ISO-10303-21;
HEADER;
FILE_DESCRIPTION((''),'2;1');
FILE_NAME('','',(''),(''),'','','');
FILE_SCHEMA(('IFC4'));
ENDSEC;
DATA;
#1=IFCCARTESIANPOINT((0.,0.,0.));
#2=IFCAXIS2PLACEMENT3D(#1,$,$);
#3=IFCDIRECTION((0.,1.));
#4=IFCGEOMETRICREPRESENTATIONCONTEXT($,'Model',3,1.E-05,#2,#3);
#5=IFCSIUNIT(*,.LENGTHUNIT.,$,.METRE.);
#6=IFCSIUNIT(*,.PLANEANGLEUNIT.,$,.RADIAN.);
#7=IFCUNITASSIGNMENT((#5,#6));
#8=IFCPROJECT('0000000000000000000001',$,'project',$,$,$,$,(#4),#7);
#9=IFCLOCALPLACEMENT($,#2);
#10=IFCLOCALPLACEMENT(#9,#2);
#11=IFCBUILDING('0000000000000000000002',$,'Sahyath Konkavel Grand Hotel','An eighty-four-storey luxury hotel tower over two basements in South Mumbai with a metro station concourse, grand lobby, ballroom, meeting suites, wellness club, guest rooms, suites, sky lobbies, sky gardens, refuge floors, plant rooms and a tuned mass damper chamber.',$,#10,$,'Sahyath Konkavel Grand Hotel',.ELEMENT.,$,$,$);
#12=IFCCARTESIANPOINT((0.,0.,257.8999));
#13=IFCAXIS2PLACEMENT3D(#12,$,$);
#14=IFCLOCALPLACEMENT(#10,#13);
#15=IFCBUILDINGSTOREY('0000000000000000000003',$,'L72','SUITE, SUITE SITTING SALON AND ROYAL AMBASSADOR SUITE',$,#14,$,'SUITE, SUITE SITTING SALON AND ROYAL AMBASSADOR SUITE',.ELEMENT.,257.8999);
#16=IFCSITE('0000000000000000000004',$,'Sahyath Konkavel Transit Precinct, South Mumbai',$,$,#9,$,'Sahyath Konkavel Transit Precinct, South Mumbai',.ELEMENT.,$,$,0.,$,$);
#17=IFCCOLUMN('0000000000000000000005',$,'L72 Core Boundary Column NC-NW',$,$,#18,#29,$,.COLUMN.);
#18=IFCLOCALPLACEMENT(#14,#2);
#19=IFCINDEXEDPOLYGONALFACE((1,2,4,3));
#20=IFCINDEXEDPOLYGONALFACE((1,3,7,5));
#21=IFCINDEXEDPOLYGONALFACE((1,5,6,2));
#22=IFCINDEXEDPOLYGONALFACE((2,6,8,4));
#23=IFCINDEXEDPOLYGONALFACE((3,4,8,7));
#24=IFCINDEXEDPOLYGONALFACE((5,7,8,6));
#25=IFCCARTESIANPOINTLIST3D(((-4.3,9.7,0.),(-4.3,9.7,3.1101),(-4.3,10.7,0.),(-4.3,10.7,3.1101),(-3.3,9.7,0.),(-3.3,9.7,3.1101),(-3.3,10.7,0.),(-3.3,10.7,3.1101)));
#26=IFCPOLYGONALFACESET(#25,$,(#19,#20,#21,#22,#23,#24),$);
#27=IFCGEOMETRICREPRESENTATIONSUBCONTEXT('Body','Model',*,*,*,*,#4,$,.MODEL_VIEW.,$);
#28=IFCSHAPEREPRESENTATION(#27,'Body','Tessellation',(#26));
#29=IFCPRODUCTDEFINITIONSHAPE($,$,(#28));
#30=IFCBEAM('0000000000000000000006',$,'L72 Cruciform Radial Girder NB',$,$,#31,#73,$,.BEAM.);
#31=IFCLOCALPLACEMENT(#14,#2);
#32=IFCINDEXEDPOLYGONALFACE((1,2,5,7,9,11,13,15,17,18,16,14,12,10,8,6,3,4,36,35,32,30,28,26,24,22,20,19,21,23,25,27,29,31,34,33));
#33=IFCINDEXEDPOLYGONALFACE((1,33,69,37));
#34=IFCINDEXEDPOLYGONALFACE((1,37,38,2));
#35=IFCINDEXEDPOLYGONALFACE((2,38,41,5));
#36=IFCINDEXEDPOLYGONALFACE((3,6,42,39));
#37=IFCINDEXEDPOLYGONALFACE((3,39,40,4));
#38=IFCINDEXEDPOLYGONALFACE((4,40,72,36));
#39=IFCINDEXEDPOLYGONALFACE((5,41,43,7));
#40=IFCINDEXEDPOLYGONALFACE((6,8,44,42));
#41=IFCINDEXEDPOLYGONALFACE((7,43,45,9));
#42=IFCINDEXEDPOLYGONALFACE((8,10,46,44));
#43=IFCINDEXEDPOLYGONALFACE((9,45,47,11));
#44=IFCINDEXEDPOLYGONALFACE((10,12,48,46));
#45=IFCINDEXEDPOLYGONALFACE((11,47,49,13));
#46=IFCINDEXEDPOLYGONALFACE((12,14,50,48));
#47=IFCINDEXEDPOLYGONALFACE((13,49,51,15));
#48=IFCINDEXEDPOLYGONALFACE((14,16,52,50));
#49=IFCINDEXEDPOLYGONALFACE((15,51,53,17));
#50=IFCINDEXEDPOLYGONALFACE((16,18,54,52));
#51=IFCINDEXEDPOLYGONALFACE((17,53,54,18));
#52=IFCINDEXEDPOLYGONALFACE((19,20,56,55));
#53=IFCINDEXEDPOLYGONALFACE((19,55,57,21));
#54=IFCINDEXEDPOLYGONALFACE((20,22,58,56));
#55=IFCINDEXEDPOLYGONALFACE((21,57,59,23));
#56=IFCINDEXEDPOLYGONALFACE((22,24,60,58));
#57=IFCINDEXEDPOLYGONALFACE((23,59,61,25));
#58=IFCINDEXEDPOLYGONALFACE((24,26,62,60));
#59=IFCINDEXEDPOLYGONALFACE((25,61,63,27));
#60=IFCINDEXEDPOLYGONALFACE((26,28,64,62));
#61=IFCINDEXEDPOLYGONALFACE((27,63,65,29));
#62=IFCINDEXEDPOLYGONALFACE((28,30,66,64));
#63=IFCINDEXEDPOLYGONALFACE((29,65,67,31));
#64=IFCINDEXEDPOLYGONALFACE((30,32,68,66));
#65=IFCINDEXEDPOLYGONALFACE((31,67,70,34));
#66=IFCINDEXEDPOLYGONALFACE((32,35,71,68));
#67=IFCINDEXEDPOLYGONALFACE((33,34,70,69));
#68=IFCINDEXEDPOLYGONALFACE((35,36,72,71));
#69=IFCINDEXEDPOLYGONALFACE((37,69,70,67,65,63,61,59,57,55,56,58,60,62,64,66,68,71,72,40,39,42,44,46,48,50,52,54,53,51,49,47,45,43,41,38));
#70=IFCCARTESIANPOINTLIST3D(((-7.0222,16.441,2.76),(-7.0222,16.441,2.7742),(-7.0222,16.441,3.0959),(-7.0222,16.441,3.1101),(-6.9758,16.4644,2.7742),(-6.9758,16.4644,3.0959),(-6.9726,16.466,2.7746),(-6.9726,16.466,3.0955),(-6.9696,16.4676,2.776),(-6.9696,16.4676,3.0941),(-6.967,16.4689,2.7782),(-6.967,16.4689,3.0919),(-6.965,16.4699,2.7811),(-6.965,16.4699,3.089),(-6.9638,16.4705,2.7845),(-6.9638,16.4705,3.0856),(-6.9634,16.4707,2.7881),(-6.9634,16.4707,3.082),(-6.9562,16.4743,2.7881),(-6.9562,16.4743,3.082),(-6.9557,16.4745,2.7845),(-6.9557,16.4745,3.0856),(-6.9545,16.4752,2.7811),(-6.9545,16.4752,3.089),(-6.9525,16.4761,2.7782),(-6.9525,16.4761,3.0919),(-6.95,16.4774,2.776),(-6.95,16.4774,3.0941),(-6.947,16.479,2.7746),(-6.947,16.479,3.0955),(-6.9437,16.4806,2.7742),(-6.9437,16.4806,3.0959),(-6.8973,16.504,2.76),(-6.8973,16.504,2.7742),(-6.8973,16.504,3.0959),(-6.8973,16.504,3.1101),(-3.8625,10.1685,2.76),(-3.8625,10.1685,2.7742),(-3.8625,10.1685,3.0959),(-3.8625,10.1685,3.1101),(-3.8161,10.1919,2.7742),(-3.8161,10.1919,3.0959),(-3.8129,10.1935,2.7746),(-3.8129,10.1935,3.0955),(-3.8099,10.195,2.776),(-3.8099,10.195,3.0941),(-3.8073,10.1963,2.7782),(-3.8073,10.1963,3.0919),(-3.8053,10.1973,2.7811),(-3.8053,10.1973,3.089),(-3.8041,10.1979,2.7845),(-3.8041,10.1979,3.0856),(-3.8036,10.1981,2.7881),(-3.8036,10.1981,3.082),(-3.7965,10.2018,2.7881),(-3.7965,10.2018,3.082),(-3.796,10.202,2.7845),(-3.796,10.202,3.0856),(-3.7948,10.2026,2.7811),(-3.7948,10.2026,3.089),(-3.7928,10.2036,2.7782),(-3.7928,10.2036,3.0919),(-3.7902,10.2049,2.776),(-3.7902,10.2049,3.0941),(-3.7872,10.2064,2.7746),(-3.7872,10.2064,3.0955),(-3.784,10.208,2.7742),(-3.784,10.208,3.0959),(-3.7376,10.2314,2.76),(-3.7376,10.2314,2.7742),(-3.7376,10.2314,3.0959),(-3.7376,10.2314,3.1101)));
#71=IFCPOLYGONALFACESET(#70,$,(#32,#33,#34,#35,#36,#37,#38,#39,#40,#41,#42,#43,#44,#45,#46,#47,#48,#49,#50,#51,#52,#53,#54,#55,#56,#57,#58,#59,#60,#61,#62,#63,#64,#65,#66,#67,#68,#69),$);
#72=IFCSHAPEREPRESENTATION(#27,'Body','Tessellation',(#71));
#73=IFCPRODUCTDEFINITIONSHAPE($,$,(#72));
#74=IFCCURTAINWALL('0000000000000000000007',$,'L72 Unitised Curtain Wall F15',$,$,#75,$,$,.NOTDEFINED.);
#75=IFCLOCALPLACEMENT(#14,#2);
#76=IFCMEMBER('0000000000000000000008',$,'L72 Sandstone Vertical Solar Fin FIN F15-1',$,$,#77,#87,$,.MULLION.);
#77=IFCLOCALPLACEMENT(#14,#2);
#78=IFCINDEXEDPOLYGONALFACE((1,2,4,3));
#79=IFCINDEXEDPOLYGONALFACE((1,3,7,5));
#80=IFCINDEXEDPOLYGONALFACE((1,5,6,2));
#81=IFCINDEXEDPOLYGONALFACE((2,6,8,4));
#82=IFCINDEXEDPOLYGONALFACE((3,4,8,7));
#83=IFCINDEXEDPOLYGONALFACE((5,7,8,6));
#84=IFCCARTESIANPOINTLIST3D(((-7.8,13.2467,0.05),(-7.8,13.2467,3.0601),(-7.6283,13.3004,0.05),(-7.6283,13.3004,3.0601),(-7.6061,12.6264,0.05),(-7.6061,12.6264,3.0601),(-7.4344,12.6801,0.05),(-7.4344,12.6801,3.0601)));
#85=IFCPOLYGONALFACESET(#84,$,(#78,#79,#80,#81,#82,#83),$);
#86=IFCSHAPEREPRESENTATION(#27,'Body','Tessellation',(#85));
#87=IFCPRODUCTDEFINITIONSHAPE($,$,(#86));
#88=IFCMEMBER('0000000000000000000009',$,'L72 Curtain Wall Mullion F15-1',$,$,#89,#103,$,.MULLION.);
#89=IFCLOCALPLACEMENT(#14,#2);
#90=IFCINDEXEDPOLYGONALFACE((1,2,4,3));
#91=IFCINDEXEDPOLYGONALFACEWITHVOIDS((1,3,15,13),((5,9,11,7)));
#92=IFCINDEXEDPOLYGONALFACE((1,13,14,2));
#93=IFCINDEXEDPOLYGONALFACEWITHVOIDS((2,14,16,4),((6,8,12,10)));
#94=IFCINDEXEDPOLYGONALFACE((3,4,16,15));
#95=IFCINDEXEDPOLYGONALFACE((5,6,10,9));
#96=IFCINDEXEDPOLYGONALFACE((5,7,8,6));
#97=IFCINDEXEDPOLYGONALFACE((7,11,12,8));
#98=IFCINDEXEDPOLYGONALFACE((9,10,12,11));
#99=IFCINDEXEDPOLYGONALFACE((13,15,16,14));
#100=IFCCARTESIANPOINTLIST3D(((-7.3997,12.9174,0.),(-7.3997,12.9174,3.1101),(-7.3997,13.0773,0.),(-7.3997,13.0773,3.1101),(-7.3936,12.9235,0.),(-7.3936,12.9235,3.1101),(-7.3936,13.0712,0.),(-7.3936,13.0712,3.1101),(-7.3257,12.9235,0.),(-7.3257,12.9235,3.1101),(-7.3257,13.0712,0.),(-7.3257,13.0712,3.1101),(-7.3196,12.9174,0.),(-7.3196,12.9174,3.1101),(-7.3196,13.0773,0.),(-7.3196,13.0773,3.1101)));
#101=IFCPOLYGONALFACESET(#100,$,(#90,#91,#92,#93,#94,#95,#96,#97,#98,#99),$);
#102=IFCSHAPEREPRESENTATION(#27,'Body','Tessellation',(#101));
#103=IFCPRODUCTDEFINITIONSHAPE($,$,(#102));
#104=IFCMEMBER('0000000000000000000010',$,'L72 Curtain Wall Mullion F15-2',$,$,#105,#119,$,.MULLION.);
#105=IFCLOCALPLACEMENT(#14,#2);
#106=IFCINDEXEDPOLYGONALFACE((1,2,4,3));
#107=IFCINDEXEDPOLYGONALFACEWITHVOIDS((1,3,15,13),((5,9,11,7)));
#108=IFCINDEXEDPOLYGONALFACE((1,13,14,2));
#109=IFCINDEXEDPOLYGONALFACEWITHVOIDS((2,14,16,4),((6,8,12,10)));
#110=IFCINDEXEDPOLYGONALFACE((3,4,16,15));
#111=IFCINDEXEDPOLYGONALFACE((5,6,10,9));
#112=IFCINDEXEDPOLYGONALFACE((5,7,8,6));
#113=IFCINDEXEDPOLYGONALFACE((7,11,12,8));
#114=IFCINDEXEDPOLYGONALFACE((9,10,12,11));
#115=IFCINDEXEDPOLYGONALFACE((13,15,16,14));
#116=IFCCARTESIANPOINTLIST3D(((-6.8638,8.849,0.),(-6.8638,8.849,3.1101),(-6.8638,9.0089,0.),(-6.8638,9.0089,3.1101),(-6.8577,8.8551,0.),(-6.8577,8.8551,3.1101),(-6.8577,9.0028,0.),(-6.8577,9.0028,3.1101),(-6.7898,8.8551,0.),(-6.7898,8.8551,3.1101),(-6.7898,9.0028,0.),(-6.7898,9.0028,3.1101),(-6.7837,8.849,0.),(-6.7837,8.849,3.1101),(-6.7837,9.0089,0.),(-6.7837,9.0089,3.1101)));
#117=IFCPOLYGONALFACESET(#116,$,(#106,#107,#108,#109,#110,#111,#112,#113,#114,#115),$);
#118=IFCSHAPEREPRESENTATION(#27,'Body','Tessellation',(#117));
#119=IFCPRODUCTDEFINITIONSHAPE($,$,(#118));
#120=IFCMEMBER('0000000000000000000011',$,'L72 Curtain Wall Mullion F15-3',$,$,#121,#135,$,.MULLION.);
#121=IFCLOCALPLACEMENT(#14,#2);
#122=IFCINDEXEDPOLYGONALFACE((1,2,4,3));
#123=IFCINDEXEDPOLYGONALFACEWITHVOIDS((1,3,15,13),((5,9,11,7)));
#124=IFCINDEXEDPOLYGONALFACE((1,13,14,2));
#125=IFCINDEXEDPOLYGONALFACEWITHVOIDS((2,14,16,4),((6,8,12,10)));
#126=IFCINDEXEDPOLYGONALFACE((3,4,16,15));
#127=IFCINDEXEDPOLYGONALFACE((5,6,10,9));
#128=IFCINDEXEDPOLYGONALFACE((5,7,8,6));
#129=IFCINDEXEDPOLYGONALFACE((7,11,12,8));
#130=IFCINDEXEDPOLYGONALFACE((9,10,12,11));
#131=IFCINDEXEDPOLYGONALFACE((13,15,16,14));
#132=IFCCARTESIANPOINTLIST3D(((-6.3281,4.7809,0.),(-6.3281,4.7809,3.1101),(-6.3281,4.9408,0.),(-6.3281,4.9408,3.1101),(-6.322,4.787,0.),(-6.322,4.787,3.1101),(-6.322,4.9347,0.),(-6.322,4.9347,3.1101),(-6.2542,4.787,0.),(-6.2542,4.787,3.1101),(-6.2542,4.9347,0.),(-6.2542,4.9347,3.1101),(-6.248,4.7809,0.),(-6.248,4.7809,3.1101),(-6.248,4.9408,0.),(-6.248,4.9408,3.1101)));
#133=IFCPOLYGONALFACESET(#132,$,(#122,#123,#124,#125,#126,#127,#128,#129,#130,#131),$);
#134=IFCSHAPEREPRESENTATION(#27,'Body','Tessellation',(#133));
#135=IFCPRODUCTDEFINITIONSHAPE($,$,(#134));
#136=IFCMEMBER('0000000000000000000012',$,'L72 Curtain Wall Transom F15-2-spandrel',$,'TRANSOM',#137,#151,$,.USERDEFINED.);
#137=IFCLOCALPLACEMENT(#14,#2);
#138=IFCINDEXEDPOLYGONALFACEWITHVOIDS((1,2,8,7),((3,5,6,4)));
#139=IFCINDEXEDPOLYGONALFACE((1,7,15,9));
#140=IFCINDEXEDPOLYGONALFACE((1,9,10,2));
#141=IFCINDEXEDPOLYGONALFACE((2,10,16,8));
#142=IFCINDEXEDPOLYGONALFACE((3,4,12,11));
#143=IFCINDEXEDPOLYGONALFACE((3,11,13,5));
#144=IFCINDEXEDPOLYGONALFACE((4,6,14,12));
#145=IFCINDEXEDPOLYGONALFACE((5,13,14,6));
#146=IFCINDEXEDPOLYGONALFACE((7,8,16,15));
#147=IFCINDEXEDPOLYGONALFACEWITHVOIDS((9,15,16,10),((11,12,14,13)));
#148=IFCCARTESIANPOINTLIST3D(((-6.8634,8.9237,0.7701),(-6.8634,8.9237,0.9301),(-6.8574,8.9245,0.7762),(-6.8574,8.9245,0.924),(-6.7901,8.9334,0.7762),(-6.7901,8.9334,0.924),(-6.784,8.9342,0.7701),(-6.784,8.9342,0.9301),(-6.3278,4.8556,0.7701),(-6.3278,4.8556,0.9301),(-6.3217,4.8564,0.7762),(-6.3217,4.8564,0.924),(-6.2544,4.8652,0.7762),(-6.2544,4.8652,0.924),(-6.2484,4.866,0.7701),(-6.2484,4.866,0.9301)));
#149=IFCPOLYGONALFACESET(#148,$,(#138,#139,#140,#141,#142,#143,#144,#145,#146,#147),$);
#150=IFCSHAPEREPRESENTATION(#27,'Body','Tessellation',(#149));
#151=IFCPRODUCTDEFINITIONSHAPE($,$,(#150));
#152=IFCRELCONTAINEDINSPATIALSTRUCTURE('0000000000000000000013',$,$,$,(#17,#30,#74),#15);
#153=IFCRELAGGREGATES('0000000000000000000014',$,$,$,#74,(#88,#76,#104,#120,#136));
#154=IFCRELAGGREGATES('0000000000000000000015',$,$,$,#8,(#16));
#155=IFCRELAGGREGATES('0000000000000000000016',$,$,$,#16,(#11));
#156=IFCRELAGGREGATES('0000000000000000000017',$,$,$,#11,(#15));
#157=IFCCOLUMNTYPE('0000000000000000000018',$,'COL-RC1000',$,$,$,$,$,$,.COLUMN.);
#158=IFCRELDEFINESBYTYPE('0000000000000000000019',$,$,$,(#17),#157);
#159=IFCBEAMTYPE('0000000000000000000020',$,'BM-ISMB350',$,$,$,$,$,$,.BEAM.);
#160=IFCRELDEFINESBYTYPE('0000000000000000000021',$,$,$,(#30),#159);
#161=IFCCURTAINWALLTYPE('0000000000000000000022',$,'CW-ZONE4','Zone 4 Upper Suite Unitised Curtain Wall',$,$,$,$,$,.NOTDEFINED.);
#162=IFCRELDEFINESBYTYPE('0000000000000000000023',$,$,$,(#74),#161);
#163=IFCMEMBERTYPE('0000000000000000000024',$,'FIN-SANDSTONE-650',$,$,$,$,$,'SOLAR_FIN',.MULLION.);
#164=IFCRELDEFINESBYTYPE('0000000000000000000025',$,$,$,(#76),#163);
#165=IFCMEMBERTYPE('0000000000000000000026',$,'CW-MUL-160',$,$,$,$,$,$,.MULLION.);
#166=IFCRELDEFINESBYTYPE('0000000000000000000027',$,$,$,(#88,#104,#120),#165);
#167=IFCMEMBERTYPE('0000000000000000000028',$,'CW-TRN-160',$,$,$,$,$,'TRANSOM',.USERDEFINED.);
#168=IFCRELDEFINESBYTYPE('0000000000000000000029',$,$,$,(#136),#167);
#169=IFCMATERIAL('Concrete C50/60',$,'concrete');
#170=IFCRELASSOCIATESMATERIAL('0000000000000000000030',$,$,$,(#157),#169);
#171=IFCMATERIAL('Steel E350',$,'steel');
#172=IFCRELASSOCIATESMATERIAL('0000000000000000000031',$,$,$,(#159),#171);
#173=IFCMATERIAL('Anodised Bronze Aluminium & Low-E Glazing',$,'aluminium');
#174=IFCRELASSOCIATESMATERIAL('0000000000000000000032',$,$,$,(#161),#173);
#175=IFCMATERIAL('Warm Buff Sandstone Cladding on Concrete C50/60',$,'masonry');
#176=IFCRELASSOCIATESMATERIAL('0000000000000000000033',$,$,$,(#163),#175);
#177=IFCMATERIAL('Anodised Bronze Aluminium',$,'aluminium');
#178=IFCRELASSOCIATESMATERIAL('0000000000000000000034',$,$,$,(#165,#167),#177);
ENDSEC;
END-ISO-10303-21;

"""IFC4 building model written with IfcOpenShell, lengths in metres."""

from ifc_helpers import new_model, si_unit, direction, frame, origin, origin_2d, place, context, subcontext, project, spatial, rectangle, hollow_rectangle, i_section, extrude, source, transform, mapped, material, material_profile, profile_set, type_object, element, aggregate, save


model = new_model("IFC4")

# Units and contexts
model_context = context("Model", 3, precision=1e-05, world=origin(), true_north=direction((0.0, 1.0)))
body_context = subcontext(model_context, "Body", "Model", "MODEL_VIEW")
ifc_project = project(units=[si_unit("LENGTHUNIT", "METRE"), si_unit("PLANEANGLEUNIT", "RADIAN")], contexts=[model_context])

# Site, building, storey
site_placement = place(None, origin())
site = spatial("IfcSite", under=ifc_project, at=site_placement, Name="Sahyath Konkavel Transit Precinct, South Mumbai", LongName="Sahyath Konkavel Transit Precinct, South Mumbai", CompositionType="ELEMENT", RefElevation=0.0)
building_placement = place(site_placement, origin())
building = spatial("IfcBuilding", under=site, at=building_placement, Name="Sahyath Konkavel Grand Hotel", Description="An eighty-four-storey luxury hotel tower over two basements in South Mumbai with a metro station concourse, grand lobby, ballroom, meeting suites, wellness club, guest rooms, suites, sky lobbies, sky gardens, refuge floors, plant rooms and a tuned mass damper chamber.", LongName="Sahyath Konkavel Grand Hotel", CompositionType="ELEMENT")
storey_placement = place(building_placement, frame((0.0, 0.0, 257.8999)))
storey = spatial("IfcBuildingStorey", under=building, at=storey_placement, Name="L72", Description="SUITE, SUITE SITTING SALON AND ROYAL AMBASSADOR SUITE", LongName="SUITE, SUITE SITTING SALON AND ROYAL AMBASSADOR SUITE", CompositionType="ELEMENT", Elevation=257.8999)

# Column
ifc_material_1 = material(Name="Concrete C50/60", Category="concrete")
ifc_material_profile_1 = material_profile(ifc_material_1, rectangle(XDim=1.0, YDim=1.0, at=origin_2d()), Name="RC 1000x1000")
ifc_profile_set_1 = profile_set([ifc_material_profile_1], Name="Concrete C50/60")
column_type = type_object("IfcColumnType", Name="COL-RC1000", PredefinedType="COLUMN", material=ifc_profile_set_1)
shared_shape_1 = source(origin(), body_context, "Body", "SweptSolid", [
    extrude(rectangle(XDim=1.0, YDim=1.0, at=origin_2d()), origin(), (0.0, 0.0, 1.0), 3.1101),
])
column_placement = place(storey_placement, frame((-3.8, 10.2, 0.0), z_axis=(0.0, 0.0, 1.0), x_axis=(1.0, 0.0, 0.0)))
element("IfcColumn", 1, at=column_placement, inside=storey, type_object=column_type, Name="L72 Core Boundary Column NC-NW", PredefinedType="COLUMN", context=body_context, shape_type="MappedRepresentation", body=[
    mapped(shared_shape_1, transform((0.0, 0.0, 0.0), scale=1.0)),
])

# Beam
ifc_material_2 = material(Name="Steel E350", Category="steel")
ifc_material_profile_2 = material_profile(ifc_material_2, i_section(OverallWidth=0.1399, OverallDepth=0.3501, WebThickness=0.0081, FlangeThickness=0.0142, FilletRadius=0.0139, at=origin_2d()), Name="ISMB 350")
ifc_profile_set_2 = profile_set([ifc_material_profile_2], Name="Steel E350")
beam_type_1 = type_object("IfcBeamType", Name="BM-ISMB350", PredefinedType="BEAM", material=ifc_profile_set_2)
shared_shape_2 = source(origin(), body_context, "Body", "SweptSolid", [
    extrude(i_section(OverallWidth=0.1399, OverallDepth=0.3501, WebThickness=0.0081, FlangeThickness=0.0142, FilletRadius=0.0139, at=origin_2d()), origin(), (0.0, 0.0, 1.0), 7.0234),
])
beam_1_placement = place(storey_placement, frame((-3.8, 10.2, 2.9351), z_axis=(-0.449881, 0.893088, 0.0), x_axis=(-0.893088, -0.449881, 0.0)))
element("IfcBeam", 2, at=beam_1_placement, inside=storey, type_object=beam_type_1, Name="L72 Cruciform Radial Girder NB", PredefinedType="BEAM", context=body_context, shape_type="MappedRepresentation", body=[
    mapped(shared_shape_2, transform((0.0, 0.0, 0.0), scale=1.0)),
])

# Curtain wall, members
ifc_material_3 = material(Name="Anodised Bronze Aluminium & Low-E Glazing", Category="aluminium")
curtain_wall_type = type_object("IfcCurtainWallType", Name="CW-ZONE4", Description="Zone 4 Upper Suite Unitised Curtain Wall", PredefinedType="NOTDEFINED", material=ifc_material_3)
curtain_wall_placement = place(storey_placement, origin())
curtain_wall = element("IfcCurtainWall", 3, at=curtain_wall_placement, inside=storey, type_object=curtain_wall_type, Name="L72 Unitised Curtain Wall F15", PredefinedType="NOTDEFINED")
ifc_material_4 = material(Name="Warm Buff Sandstone Cladding on Concrete C50/60", Category="masonry")
ifc_material_profile_3 = material_profile(ifc_material_4, rectangle(XDim=0.1799, YDim=0.6499, at=origin_2d()), Name="FIN 180x650")
ifc_profile_set_3 = profile_set([ifc_material_profile_3], Name="Warm Buff Sandstone Cladding on Concrete C50/60")
member_type_1 = type_object("IfcMemberType", Name="FIN-SANDSTONE-650", ElementType="SOLAR_FIN", PredefinedType="MULLION", material=ifc_profile_set_3)
shared_shape_3 = source(origin(), body_context, "Body", "SweptSolid", [
    extrude(rectangle(XDim=0.1799, YDim=0.6499, at=origin_2d()), origin(), (0.0, 0.0, 1.0), 3.01),
])
member_1_placement = place(storey_placement, frame((-7.6172, 12.9634, 0.05), z_axis=(0.0, 0.0, 1.0), x_axis=(0.954449, 0.298375, 0.0)))
member_1 = element("IfcMember", 4, at=member_1_placement, type_object=member_type_1, Name="L72 Sandstone Vertical Solar Fin FIN F15-1", PredefinedType="MULLION", context=body_context, shape_type="MappedRepresentation", body=[
    mapped(shared_shape_3, transform((0.0, 0.0, 0.0), scale=1.0)),
])
ifc_material_5 = material(Name="Anodised Bronze Aluminium", Category="aluminium")
ifc_material_profile_4 = material_profile(ifc_material_5, hollow_rectangle(XDim=0.0801, YDim=0.1599, WallThickness=0.0061, at=origin_2d()), Name="RHS 160x80x6")
ifc_profile_set_4 = profile_set([ifc_material_profile_4], Name="Anodised Bronze Aluminium")
member_type_2 = type_object("IfcMemberType", Name="CW-MUL-160", PredefinedType="MULLION", material=ifc_profile_set_4)
shared_shape_4 = source(origin(), body_context, "Body", "SweptSolid", [
    extrude(hollow_rectangle(XDim=0.0801, YDim=0.1599, WallThickness=0.0061, at=origin_2d()), origin(), (0.0, 0.0, 1.0), 3.1101),
])
member_2_placement = place(storey_placement, frame((-7.3596, 12.9973, 0.0), z_axis=(0.0, 0.0, 1.0), x_axis=(1.0, 0.0, 0.0)))
member_2 = element("IfcMember", 5, at=member_2_placement, type_object=member_type_2, Name="L72 Curtain Wall Mullion F15-1", PredefinedType="MULLION", context=body_context, shape_type="MappedRepresentation", body=[
    mapped(shared_shape_4, transform((0.0, 0.0, 0.0), scale=1.0)),
])
member_3_placement = place(storey_placement, frame((-6.8237, 8.929, 0.0), z_axis=(0.0, 0.0, 1.0), x_axis=(1.0, 0.0, 0.0)))
member_3 = element("IfcMember", 6, at=member_3_placement, type_object=member_type_2, Name="L72 Curtain Wall Mullion F15-2", PredefinedType="MULLION", context=body_context, shape_type="MappedRepresentation", body=[
    mapped(shared_shape_4, transform((0.0, 0.0, 0.0), scale=1.0)),
])
member_4_placement = place(storey_placement, frame((-6.2881, 4.8608, 0.0), z_axis=(0.0, 0.0, 1.0), x_axis=(1.0, 0.0, 0.0)))
member_4 = element("IfcMember", 7, at=member_4_placement, type_object=member_type_2, Name="L72 Curtain Wall Mullion F15-3", PredefinedType="MULLION", context=body_context, shape_type="MappedRepresentation", body=[
    mapped(shared_shape_4, transform((0.0, 0.0, 0.0), scale=1.0)),
])
ifc_material_profile_5 = material_profile(ifc_material_5, hollow_rectangle(XDim=0.0801, YDim=0.1599, WallThickness=0.0061, at=origin_2d()), Name="RHS 160x80x6")
ifc_profile_set_5 = profile_set([ifc_material_profile_5], Name="Anodised Bronze Aluminium")
member_type_3 = type_object("IfcMemberType", Name="CW-TRN-160", ElementType="TRANSOM", PredefinedType="USERDEFINED", material=ifc_profile_set_5)
shared_shape_5 = source(origin(), body_context, "Body", "SweptSolid", [
    extrude(hollow_rectangle(XDim=0.0801, YDim=0.1599, WallThickness=0.0061, at=origin_2d()), origin(), (0.0, 0.0, 1.0), 4.1033),
])
member_5_placement = place(storey_placement, frame((-6.8237, 8.929, 0.8501), z_axis=(0.130542, -0.991443, 0.0), x_axis=(0.991443, 0.130542, 0.0)))
member_5 = element("IfcMember", 8, at=member_5_placement, type_object=member_type_3, Name="L72 Curtain Wall Transom F15-2-spandrel", ObjectType="TRANSOM", PredefinedType="USERDEFINED", context=body_context, shape_type="MappedRepresentation", body=[
    mapped(shared_shape_5, transform((0.0, 0.0, 0.0), scale=1.0)),
])

aggregate(curtain_wall, [member_2, member_1, member_3, member_4, member_5])

save(model, "model.ifc")
